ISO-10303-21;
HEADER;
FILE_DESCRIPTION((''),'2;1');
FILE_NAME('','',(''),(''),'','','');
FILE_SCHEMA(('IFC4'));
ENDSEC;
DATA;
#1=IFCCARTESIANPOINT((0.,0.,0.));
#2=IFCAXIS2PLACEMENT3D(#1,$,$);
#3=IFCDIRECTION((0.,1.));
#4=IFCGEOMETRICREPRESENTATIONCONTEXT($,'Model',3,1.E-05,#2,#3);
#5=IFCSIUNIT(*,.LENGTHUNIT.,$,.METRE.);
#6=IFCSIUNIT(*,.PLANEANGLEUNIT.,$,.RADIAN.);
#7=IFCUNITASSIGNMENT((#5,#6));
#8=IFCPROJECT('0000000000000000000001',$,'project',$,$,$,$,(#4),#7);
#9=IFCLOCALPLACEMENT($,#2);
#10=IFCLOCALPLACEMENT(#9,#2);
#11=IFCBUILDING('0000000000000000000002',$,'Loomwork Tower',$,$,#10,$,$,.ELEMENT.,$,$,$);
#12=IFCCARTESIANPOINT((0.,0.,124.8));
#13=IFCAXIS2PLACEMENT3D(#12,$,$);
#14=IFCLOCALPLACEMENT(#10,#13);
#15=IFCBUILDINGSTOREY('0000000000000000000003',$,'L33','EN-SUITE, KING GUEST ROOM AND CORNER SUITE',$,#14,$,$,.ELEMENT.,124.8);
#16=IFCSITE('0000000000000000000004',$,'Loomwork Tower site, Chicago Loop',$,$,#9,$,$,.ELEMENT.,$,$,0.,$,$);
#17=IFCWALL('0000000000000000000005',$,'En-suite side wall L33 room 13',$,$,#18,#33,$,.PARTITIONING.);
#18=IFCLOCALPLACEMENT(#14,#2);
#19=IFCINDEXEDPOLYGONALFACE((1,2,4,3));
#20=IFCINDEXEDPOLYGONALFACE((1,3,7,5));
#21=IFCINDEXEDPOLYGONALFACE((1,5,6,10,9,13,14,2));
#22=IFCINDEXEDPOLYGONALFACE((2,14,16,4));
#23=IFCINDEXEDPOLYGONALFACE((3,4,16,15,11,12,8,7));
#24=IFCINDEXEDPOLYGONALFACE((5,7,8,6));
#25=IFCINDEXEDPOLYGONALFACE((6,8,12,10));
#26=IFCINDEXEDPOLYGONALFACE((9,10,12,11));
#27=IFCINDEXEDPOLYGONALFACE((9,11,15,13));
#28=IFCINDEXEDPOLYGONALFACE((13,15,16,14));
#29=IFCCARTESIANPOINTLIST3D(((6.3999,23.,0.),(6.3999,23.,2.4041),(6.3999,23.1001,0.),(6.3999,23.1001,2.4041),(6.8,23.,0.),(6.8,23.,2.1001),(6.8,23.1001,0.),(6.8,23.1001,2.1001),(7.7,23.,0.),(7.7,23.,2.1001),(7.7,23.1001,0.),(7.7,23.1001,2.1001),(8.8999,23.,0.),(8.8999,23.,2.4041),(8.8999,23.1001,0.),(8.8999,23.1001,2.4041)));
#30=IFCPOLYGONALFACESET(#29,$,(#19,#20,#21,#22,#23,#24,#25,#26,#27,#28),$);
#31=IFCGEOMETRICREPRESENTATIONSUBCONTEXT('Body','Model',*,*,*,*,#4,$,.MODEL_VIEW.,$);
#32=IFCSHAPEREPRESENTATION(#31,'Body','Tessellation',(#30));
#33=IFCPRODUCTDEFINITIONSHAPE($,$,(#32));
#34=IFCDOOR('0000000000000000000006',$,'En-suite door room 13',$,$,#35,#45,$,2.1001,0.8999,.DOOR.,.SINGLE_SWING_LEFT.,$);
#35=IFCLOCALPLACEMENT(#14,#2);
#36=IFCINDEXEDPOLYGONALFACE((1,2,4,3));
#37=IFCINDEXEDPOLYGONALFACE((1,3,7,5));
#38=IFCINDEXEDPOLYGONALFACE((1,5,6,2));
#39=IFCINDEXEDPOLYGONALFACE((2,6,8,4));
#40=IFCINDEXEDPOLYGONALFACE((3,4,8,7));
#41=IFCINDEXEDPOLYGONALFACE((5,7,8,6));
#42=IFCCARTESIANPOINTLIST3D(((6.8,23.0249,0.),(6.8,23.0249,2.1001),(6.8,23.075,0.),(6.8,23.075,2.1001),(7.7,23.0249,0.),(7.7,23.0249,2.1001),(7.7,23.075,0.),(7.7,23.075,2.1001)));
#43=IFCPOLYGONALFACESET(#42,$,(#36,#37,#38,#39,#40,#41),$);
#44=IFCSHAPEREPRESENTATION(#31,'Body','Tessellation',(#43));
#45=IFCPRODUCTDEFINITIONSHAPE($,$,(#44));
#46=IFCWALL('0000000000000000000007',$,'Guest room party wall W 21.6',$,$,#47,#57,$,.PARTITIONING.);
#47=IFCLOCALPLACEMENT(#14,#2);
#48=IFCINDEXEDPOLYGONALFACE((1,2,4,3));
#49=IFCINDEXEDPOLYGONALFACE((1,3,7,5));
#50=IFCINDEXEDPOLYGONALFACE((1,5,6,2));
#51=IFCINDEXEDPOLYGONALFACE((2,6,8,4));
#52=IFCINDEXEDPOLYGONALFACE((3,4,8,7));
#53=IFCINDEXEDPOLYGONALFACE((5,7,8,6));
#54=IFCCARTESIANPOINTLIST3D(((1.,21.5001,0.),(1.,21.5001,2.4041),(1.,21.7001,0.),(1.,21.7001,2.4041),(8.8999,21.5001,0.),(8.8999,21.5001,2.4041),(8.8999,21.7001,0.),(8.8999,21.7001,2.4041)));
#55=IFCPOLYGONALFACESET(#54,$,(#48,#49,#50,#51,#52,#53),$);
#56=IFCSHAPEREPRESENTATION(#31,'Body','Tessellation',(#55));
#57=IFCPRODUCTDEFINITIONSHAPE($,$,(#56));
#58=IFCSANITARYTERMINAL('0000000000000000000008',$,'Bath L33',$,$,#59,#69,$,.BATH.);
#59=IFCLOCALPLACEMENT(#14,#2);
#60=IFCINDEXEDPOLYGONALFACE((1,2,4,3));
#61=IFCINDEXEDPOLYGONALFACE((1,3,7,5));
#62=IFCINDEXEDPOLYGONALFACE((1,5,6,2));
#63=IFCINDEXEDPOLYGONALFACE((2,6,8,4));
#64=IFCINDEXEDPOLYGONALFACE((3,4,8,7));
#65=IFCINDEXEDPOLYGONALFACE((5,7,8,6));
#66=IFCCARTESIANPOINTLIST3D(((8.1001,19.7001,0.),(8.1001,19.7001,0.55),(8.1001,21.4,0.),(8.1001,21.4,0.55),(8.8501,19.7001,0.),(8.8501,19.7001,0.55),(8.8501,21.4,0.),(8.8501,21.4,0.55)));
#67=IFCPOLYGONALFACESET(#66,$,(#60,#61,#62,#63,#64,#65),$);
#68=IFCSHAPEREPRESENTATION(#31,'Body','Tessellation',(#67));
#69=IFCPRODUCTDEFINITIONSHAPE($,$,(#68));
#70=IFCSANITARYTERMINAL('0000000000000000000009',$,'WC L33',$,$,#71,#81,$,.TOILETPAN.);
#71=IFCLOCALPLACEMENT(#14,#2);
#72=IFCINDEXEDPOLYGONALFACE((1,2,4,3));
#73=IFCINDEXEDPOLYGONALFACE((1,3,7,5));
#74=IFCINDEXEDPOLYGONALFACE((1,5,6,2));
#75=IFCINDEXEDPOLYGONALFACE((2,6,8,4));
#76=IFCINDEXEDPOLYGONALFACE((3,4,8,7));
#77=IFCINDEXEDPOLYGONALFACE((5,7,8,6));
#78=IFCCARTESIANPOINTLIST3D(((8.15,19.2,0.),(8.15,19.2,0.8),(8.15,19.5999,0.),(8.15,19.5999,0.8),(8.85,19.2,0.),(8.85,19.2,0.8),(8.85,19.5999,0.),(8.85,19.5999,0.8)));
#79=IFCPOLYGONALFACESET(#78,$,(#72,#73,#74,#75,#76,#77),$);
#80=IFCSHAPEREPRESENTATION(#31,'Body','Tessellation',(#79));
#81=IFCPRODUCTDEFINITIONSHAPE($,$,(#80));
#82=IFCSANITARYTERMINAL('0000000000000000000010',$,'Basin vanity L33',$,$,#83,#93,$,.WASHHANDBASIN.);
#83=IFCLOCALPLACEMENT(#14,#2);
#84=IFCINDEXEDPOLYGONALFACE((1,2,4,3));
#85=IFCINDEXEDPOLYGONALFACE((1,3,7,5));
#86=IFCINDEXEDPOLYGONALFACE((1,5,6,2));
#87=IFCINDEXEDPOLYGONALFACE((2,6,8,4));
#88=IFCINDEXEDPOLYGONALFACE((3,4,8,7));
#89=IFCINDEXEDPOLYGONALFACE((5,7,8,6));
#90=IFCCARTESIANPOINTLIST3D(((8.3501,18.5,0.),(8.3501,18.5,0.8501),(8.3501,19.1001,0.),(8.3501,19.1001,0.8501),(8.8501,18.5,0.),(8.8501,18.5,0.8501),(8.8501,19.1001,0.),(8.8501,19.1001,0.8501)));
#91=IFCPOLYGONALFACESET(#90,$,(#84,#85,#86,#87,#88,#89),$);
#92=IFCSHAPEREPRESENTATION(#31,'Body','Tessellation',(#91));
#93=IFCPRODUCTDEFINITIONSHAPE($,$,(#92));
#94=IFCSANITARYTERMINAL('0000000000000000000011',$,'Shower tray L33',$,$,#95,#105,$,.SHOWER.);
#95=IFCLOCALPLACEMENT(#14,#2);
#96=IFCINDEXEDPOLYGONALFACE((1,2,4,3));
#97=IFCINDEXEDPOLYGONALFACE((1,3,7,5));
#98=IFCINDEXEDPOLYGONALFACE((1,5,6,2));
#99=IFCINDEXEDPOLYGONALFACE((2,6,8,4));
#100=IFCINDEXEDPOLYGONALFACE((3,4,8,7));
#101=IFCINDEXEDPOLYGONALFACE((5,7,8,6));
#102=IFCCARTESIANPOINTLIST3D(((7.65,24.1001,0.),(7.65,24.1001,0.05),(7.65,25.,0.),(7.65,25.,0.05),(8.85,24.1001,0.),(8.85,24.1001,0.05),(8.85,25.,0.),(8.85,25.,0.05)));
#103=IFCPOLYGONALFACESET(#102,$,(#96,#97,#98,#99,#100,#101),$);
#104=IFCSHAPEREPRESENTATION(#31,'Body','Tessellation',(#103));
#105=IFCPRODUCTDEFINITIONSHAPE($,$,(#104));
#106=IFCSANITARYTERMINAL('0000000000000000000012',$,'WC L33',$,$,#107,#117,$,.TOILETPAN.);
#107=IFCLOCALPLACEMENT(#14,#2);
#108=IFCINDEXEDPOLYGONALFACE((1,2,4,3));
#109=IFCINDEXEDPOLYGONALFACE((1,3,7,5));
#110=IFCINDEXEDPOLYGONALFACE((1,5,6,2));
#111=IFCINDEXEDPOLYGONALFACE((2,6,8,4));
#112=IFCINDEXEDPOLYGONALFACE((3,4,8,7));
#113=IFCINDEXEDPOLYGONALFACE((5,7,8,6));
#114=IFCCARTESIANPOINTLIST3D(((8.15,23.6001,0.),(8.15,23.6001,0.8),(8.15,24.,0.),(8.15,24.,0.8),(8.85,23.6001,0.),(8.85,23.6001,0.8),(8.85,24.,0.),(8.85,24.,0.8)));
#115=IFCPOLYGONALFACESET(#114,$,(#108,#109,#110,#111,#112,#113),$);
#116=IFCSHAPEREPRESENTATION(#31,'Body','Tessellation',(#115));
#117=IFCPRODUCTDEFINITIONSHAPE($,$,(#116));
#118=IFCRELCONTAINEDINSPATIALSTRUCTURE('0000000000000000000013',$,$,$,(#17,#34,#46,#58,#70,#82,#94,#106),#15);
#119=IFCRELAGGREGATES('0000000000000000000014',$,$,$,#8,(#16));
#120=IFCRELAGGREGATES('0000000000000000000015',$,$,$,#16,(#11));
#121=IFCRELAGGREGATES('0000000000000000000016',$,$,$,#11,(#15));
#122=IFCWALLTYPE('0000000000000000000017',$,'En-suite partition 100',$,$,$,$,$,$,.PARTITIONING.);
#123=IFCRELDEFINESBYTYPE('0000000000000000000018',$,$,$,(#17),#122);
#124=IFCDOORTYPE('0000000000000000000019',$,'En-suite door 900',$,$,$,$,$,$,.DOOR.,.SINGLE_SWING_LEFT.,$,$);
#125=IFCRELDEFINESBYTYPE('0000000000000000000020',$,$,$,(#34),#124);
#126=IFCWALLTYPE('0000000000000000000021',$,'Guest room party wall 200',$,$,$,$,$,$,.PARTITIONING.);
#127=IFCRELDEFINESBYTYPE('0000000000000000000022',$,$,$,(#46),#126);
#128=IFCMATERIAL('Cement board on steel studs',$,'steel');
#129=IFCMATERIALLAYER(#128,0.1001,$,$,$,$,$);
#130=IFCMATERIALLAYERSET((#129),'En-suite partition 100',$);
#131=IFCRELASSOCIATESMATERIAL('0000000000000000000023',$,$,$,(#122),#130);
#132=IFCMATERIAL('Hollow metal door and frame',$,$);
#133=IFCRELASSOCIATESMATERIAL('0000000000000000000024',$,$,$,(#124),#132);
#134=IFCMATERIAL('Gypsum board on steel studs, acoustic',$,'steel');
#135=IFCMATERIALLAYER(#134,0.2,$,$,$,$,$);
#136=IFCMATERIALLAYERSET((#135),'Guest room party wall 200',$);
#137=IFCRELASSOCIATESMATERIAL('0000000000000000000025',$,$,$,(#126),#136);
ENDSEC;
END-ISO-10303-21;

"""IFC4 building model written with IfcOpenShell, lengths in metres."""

from ifc_helpers import new_model, si_unit, direction, frame, frame_2d, origin, origin_2d, place, context, subcontext, project, spatial, rectangle, extrude, material, layer, layer_set, type_object, element, fill, save


model = new_model("IFC4")

# Units and contexts
model_context = context("Model", 3, precision=1e-05, world=origin(), true_north=direction((0.0, 1.0)))
body_context = subcontext(model_context, "Body", "Model", "MODEL_VIEW")
ifc_project = project(units=[si_unit("LENGTHUNIT", "METRE"), si_unit("PLANEANGLEUNIT", "RADIAN")], contexts=[model_context])

# Site, building, storey
site_placement = place(None, origin())
site = spatial("IfcSite", under=ifc_project, at=site_placement, Name="Loomwork Tower site, Chicago Loop", CompositionType="ELEMENT", RefElevation=0.0)
building_placement = place(site_placement, origin())
building = spatial("IfcBuilding", under=site, at=building_placement, Name="Loomwork Tower", CompositionType="ELEMENT")
storey_placement = place(building_placement, frame((0.0, 0.0, 124.8)))
storey = spatial("IfcBuildingStorey", under=building, at=storey_placement, Name="L33", Description="EN-SUITE, KING GUEST ROOM AND CORNER SUITE", CompositionType="ELEMENT", Elevation=124.8)

# Wall, opening, door
ifc_material_1 = material(Name="Cement board on steel studs", Category="steel")
ifc_layer_1 = layer(ifc_material_1, 0.1001)
ifc_layer_set_1 = layer_set([ifc_layer_1], Name="En-suite partition 100")
wall_type_1 = type_object("IfcWallType", Name="En-suite partition 100", PredefinedType="PARTITIONING", material=ifc_layer_set_1)
ifc_material_2 = material(Name="Hollow metal door and frame")
door_type_1 = type_object("IfcDoorType", Name="En-suite door 900", OperationType="SINGLE_SWING_LEFT", PredefinedType="DOOR", material=ifc_material_2)
wall_1_placement = place(storey_placement, frame((8.8999, 23.05, 0.0), z_axis=(0.0, 0.0, 1.0), x_axis=(-1.0, 0.0, 0.0)))
wall_1 = element("IfcWall", 1, at=wall_1_placement, inside=storey, type_object=wall_type_1, Name="En-suite side wall L33 room 13", PredefinedType="PARTITIONING", context=body_context, shape_type="SweptSolid", body=[
    extrude(rectangle(XDim=2.5, YDim=0.1001, at=frame_2d((1.25, 0.0))), origin(), (0.0, 0.0, 1.0), 2.4041),
])
opening_1_placement = place(wall_1_placement, frame((1.2, 0.0, 0.0)))
opening_1 = element("IfcOpeningElement", 2, at=opening_1_placement, cuts=wall_1, PredefinedType="OPENING", context=body_context, shape_type="SweptSolid", body=[
    extrude(rectangle(XDim=0.8999, YDim=2.1001, at=frame_2d((0.45, 1.05))), frame((0.0, 0.0601, 0.0), z_axis=(0.0, -1.0, 0.0), x_axis=(1.0, 0.0, 0.0)), (0.0, 0.0, 1.0), 0.1201),
])
door_1_placement = place(opening_1_placement, frame((0.8999, 0.0, 0.0), z_axis=(0.0, 0.0, 1.0), x_axis=(-1.0, 0.0, 0.0)))
door_1 = element("IfcDoor", 3, at=door_1_placement, inside=storey, type_object=door_type_1, Name="En-suite door room 13", OperationType="SINGLE_SWING_LEFT", OverallHeight=2.1001, OverallWidth=0.8999, PredefinedType="DOOR", context=body_context, shape_type="SweptSolid", body=[
    extrude(rectangle(XDim=0.8999, YDim=2.1001, at=frame_2d((0.45, 1.05))), frame((0.0, 0.0249, 0.0), z_axis=(0.0, -1.0, 0.0), x_axis=(1.0, 0.0, 0.0)), (0.0, 0.0, 1.0), 0.05),
])
fill(opening_1, door_1)

# Wall
ifc_material_3 = material(Name="Gypsum board on steel studs, acoustic", Category="steel")
ifc_layer_2 = layer(ifc_material_3, 0.2)
ifc_layer_set_2 = layer_set([ifc_layer_2], Name="Guest room party wall 200")
wall_type_2 = type_object("IfcWallType", Name="Guest room party wall 200", PredefinedType="PARTITIONING", material=ifc_layer_set_2)
wall_2_placement = place(storey_placement, frame((8.8999, 21.6001, 0.0), z_axis=(0.0, 0.0, 1.0), x_axis=(-1.0, 0.0, 0.0)))
element("IfcWall", 4, at=wall_2_placement, inside=storey, type_object=wall_type_2, Name="Guest room party wall W 21.6", PredefinedType="PARTITIONING", context=body_context, shape_type="SweptSolid", body=[
    extrude(rectangle(XDim=7.8999, YDim=0.2, at=frame_2d((3.95, 0.0))), origin(), (0.0, 0.0, 1.0), 2.4041),
])

# Sanitary terminals
sanitary_terminal_1_placement = place(storey_placement, frame((8.4751, 20.55, 0.0), z_axis=(0.0, 0.0, 1.0), x_axis=(1.0, 0.0, 0.0)))
element("IfcSanitaryTerminal", 5, at=sanitary_terminal_1_placement, inside=storey, Name="Bath L33", PredefinedType="BATH", context=body_context, shape_type="SweptSolid", body=[
    extrude(rectangle(XDim=0.75, YDim=1.7, at=origin_2d()), origin(), (0.0, 0.0, 1.0), 0.55),
])
sanitary_terminal_2_placement = place(storey_placement, frame((8.5, 19.3999, 0.0), z_axis=(0.0, 0.0, 1.0), x_axis=(1.0, 0.0, 0.0)))
element("IfcSanitaryTerminal", 6, at=sanitary_terminal_2_placement, inside=storey, Name="WC L33", PredefinedType="TOILETPAN", context=body_context, shape_type="SweptSolid", body=[
    extrude(rectangle(XDim=0.7, YDim=0.3999, at=origin_2d()), origin(), (0.0, 0.0, 1.0), 0.8),
])
sanitary_terminal_3_placement = place(storey_placement, frame((8.6001, 18.8, 0.0), z_axis=(0.0, 0.0, 1.0), x_axis=(1.0, 0.0, 0.0)))
element("IfcSanitaryTerminal", 7, at=sanitary_terminal_3_placement, inside=storey, Name="Basin vanity L33", PredefinedType="WASHHANDBASIN", context=body_context, shape_type="SweptSolid", body=[
    extrude(rectangle(XDim=0.5, YDim=0.6001, at=origin_2d()), origin(), (0.0, 0.0, 1.0), 0.8501),
])
sanitary_terminal_4_placement = place(storey_placement, frame((8.25, 24.55, 0.0), z_axis=(0.0, 0.0, 1.0), x_axis=(1.0, 0.0, 0.0)))
element("IfcSanitaryTerminal", 8, at=sanitary_terminal_4_placement, inside=storey, Name="Shower tray L33", PredefinedType="SHOWER", context=body_context, shape_type="SweptSolid", body=[
    extrude(rectangle(XDim=1.2, YDim=0.8999, at=origin_2d()), origin(), (0.0, 0.0, 1.0), 0.05),
])
sanitary_terminal_5_placement = place(storey_placement, frame((8.5, 23.8, 0.0), z_axis=(0.0, 0.0, 1.0), x_axis=(1.0, 0.0, 0.0)))
element("IfcSanitaryTerminal", 9, at=sanitary_terminal_5_placement, inside=storey, Name="WC L33", PredefinedType="TOILETPAN", context=body_context, shape_type="SweptSolid", body=[
    extrude(rectangle(XDim=0.7, YDim=0.3999, at=origin_2d()), origin(), (0.0, 0.0, 1.0), 0.8),
])

save(model, "model.ifc")
